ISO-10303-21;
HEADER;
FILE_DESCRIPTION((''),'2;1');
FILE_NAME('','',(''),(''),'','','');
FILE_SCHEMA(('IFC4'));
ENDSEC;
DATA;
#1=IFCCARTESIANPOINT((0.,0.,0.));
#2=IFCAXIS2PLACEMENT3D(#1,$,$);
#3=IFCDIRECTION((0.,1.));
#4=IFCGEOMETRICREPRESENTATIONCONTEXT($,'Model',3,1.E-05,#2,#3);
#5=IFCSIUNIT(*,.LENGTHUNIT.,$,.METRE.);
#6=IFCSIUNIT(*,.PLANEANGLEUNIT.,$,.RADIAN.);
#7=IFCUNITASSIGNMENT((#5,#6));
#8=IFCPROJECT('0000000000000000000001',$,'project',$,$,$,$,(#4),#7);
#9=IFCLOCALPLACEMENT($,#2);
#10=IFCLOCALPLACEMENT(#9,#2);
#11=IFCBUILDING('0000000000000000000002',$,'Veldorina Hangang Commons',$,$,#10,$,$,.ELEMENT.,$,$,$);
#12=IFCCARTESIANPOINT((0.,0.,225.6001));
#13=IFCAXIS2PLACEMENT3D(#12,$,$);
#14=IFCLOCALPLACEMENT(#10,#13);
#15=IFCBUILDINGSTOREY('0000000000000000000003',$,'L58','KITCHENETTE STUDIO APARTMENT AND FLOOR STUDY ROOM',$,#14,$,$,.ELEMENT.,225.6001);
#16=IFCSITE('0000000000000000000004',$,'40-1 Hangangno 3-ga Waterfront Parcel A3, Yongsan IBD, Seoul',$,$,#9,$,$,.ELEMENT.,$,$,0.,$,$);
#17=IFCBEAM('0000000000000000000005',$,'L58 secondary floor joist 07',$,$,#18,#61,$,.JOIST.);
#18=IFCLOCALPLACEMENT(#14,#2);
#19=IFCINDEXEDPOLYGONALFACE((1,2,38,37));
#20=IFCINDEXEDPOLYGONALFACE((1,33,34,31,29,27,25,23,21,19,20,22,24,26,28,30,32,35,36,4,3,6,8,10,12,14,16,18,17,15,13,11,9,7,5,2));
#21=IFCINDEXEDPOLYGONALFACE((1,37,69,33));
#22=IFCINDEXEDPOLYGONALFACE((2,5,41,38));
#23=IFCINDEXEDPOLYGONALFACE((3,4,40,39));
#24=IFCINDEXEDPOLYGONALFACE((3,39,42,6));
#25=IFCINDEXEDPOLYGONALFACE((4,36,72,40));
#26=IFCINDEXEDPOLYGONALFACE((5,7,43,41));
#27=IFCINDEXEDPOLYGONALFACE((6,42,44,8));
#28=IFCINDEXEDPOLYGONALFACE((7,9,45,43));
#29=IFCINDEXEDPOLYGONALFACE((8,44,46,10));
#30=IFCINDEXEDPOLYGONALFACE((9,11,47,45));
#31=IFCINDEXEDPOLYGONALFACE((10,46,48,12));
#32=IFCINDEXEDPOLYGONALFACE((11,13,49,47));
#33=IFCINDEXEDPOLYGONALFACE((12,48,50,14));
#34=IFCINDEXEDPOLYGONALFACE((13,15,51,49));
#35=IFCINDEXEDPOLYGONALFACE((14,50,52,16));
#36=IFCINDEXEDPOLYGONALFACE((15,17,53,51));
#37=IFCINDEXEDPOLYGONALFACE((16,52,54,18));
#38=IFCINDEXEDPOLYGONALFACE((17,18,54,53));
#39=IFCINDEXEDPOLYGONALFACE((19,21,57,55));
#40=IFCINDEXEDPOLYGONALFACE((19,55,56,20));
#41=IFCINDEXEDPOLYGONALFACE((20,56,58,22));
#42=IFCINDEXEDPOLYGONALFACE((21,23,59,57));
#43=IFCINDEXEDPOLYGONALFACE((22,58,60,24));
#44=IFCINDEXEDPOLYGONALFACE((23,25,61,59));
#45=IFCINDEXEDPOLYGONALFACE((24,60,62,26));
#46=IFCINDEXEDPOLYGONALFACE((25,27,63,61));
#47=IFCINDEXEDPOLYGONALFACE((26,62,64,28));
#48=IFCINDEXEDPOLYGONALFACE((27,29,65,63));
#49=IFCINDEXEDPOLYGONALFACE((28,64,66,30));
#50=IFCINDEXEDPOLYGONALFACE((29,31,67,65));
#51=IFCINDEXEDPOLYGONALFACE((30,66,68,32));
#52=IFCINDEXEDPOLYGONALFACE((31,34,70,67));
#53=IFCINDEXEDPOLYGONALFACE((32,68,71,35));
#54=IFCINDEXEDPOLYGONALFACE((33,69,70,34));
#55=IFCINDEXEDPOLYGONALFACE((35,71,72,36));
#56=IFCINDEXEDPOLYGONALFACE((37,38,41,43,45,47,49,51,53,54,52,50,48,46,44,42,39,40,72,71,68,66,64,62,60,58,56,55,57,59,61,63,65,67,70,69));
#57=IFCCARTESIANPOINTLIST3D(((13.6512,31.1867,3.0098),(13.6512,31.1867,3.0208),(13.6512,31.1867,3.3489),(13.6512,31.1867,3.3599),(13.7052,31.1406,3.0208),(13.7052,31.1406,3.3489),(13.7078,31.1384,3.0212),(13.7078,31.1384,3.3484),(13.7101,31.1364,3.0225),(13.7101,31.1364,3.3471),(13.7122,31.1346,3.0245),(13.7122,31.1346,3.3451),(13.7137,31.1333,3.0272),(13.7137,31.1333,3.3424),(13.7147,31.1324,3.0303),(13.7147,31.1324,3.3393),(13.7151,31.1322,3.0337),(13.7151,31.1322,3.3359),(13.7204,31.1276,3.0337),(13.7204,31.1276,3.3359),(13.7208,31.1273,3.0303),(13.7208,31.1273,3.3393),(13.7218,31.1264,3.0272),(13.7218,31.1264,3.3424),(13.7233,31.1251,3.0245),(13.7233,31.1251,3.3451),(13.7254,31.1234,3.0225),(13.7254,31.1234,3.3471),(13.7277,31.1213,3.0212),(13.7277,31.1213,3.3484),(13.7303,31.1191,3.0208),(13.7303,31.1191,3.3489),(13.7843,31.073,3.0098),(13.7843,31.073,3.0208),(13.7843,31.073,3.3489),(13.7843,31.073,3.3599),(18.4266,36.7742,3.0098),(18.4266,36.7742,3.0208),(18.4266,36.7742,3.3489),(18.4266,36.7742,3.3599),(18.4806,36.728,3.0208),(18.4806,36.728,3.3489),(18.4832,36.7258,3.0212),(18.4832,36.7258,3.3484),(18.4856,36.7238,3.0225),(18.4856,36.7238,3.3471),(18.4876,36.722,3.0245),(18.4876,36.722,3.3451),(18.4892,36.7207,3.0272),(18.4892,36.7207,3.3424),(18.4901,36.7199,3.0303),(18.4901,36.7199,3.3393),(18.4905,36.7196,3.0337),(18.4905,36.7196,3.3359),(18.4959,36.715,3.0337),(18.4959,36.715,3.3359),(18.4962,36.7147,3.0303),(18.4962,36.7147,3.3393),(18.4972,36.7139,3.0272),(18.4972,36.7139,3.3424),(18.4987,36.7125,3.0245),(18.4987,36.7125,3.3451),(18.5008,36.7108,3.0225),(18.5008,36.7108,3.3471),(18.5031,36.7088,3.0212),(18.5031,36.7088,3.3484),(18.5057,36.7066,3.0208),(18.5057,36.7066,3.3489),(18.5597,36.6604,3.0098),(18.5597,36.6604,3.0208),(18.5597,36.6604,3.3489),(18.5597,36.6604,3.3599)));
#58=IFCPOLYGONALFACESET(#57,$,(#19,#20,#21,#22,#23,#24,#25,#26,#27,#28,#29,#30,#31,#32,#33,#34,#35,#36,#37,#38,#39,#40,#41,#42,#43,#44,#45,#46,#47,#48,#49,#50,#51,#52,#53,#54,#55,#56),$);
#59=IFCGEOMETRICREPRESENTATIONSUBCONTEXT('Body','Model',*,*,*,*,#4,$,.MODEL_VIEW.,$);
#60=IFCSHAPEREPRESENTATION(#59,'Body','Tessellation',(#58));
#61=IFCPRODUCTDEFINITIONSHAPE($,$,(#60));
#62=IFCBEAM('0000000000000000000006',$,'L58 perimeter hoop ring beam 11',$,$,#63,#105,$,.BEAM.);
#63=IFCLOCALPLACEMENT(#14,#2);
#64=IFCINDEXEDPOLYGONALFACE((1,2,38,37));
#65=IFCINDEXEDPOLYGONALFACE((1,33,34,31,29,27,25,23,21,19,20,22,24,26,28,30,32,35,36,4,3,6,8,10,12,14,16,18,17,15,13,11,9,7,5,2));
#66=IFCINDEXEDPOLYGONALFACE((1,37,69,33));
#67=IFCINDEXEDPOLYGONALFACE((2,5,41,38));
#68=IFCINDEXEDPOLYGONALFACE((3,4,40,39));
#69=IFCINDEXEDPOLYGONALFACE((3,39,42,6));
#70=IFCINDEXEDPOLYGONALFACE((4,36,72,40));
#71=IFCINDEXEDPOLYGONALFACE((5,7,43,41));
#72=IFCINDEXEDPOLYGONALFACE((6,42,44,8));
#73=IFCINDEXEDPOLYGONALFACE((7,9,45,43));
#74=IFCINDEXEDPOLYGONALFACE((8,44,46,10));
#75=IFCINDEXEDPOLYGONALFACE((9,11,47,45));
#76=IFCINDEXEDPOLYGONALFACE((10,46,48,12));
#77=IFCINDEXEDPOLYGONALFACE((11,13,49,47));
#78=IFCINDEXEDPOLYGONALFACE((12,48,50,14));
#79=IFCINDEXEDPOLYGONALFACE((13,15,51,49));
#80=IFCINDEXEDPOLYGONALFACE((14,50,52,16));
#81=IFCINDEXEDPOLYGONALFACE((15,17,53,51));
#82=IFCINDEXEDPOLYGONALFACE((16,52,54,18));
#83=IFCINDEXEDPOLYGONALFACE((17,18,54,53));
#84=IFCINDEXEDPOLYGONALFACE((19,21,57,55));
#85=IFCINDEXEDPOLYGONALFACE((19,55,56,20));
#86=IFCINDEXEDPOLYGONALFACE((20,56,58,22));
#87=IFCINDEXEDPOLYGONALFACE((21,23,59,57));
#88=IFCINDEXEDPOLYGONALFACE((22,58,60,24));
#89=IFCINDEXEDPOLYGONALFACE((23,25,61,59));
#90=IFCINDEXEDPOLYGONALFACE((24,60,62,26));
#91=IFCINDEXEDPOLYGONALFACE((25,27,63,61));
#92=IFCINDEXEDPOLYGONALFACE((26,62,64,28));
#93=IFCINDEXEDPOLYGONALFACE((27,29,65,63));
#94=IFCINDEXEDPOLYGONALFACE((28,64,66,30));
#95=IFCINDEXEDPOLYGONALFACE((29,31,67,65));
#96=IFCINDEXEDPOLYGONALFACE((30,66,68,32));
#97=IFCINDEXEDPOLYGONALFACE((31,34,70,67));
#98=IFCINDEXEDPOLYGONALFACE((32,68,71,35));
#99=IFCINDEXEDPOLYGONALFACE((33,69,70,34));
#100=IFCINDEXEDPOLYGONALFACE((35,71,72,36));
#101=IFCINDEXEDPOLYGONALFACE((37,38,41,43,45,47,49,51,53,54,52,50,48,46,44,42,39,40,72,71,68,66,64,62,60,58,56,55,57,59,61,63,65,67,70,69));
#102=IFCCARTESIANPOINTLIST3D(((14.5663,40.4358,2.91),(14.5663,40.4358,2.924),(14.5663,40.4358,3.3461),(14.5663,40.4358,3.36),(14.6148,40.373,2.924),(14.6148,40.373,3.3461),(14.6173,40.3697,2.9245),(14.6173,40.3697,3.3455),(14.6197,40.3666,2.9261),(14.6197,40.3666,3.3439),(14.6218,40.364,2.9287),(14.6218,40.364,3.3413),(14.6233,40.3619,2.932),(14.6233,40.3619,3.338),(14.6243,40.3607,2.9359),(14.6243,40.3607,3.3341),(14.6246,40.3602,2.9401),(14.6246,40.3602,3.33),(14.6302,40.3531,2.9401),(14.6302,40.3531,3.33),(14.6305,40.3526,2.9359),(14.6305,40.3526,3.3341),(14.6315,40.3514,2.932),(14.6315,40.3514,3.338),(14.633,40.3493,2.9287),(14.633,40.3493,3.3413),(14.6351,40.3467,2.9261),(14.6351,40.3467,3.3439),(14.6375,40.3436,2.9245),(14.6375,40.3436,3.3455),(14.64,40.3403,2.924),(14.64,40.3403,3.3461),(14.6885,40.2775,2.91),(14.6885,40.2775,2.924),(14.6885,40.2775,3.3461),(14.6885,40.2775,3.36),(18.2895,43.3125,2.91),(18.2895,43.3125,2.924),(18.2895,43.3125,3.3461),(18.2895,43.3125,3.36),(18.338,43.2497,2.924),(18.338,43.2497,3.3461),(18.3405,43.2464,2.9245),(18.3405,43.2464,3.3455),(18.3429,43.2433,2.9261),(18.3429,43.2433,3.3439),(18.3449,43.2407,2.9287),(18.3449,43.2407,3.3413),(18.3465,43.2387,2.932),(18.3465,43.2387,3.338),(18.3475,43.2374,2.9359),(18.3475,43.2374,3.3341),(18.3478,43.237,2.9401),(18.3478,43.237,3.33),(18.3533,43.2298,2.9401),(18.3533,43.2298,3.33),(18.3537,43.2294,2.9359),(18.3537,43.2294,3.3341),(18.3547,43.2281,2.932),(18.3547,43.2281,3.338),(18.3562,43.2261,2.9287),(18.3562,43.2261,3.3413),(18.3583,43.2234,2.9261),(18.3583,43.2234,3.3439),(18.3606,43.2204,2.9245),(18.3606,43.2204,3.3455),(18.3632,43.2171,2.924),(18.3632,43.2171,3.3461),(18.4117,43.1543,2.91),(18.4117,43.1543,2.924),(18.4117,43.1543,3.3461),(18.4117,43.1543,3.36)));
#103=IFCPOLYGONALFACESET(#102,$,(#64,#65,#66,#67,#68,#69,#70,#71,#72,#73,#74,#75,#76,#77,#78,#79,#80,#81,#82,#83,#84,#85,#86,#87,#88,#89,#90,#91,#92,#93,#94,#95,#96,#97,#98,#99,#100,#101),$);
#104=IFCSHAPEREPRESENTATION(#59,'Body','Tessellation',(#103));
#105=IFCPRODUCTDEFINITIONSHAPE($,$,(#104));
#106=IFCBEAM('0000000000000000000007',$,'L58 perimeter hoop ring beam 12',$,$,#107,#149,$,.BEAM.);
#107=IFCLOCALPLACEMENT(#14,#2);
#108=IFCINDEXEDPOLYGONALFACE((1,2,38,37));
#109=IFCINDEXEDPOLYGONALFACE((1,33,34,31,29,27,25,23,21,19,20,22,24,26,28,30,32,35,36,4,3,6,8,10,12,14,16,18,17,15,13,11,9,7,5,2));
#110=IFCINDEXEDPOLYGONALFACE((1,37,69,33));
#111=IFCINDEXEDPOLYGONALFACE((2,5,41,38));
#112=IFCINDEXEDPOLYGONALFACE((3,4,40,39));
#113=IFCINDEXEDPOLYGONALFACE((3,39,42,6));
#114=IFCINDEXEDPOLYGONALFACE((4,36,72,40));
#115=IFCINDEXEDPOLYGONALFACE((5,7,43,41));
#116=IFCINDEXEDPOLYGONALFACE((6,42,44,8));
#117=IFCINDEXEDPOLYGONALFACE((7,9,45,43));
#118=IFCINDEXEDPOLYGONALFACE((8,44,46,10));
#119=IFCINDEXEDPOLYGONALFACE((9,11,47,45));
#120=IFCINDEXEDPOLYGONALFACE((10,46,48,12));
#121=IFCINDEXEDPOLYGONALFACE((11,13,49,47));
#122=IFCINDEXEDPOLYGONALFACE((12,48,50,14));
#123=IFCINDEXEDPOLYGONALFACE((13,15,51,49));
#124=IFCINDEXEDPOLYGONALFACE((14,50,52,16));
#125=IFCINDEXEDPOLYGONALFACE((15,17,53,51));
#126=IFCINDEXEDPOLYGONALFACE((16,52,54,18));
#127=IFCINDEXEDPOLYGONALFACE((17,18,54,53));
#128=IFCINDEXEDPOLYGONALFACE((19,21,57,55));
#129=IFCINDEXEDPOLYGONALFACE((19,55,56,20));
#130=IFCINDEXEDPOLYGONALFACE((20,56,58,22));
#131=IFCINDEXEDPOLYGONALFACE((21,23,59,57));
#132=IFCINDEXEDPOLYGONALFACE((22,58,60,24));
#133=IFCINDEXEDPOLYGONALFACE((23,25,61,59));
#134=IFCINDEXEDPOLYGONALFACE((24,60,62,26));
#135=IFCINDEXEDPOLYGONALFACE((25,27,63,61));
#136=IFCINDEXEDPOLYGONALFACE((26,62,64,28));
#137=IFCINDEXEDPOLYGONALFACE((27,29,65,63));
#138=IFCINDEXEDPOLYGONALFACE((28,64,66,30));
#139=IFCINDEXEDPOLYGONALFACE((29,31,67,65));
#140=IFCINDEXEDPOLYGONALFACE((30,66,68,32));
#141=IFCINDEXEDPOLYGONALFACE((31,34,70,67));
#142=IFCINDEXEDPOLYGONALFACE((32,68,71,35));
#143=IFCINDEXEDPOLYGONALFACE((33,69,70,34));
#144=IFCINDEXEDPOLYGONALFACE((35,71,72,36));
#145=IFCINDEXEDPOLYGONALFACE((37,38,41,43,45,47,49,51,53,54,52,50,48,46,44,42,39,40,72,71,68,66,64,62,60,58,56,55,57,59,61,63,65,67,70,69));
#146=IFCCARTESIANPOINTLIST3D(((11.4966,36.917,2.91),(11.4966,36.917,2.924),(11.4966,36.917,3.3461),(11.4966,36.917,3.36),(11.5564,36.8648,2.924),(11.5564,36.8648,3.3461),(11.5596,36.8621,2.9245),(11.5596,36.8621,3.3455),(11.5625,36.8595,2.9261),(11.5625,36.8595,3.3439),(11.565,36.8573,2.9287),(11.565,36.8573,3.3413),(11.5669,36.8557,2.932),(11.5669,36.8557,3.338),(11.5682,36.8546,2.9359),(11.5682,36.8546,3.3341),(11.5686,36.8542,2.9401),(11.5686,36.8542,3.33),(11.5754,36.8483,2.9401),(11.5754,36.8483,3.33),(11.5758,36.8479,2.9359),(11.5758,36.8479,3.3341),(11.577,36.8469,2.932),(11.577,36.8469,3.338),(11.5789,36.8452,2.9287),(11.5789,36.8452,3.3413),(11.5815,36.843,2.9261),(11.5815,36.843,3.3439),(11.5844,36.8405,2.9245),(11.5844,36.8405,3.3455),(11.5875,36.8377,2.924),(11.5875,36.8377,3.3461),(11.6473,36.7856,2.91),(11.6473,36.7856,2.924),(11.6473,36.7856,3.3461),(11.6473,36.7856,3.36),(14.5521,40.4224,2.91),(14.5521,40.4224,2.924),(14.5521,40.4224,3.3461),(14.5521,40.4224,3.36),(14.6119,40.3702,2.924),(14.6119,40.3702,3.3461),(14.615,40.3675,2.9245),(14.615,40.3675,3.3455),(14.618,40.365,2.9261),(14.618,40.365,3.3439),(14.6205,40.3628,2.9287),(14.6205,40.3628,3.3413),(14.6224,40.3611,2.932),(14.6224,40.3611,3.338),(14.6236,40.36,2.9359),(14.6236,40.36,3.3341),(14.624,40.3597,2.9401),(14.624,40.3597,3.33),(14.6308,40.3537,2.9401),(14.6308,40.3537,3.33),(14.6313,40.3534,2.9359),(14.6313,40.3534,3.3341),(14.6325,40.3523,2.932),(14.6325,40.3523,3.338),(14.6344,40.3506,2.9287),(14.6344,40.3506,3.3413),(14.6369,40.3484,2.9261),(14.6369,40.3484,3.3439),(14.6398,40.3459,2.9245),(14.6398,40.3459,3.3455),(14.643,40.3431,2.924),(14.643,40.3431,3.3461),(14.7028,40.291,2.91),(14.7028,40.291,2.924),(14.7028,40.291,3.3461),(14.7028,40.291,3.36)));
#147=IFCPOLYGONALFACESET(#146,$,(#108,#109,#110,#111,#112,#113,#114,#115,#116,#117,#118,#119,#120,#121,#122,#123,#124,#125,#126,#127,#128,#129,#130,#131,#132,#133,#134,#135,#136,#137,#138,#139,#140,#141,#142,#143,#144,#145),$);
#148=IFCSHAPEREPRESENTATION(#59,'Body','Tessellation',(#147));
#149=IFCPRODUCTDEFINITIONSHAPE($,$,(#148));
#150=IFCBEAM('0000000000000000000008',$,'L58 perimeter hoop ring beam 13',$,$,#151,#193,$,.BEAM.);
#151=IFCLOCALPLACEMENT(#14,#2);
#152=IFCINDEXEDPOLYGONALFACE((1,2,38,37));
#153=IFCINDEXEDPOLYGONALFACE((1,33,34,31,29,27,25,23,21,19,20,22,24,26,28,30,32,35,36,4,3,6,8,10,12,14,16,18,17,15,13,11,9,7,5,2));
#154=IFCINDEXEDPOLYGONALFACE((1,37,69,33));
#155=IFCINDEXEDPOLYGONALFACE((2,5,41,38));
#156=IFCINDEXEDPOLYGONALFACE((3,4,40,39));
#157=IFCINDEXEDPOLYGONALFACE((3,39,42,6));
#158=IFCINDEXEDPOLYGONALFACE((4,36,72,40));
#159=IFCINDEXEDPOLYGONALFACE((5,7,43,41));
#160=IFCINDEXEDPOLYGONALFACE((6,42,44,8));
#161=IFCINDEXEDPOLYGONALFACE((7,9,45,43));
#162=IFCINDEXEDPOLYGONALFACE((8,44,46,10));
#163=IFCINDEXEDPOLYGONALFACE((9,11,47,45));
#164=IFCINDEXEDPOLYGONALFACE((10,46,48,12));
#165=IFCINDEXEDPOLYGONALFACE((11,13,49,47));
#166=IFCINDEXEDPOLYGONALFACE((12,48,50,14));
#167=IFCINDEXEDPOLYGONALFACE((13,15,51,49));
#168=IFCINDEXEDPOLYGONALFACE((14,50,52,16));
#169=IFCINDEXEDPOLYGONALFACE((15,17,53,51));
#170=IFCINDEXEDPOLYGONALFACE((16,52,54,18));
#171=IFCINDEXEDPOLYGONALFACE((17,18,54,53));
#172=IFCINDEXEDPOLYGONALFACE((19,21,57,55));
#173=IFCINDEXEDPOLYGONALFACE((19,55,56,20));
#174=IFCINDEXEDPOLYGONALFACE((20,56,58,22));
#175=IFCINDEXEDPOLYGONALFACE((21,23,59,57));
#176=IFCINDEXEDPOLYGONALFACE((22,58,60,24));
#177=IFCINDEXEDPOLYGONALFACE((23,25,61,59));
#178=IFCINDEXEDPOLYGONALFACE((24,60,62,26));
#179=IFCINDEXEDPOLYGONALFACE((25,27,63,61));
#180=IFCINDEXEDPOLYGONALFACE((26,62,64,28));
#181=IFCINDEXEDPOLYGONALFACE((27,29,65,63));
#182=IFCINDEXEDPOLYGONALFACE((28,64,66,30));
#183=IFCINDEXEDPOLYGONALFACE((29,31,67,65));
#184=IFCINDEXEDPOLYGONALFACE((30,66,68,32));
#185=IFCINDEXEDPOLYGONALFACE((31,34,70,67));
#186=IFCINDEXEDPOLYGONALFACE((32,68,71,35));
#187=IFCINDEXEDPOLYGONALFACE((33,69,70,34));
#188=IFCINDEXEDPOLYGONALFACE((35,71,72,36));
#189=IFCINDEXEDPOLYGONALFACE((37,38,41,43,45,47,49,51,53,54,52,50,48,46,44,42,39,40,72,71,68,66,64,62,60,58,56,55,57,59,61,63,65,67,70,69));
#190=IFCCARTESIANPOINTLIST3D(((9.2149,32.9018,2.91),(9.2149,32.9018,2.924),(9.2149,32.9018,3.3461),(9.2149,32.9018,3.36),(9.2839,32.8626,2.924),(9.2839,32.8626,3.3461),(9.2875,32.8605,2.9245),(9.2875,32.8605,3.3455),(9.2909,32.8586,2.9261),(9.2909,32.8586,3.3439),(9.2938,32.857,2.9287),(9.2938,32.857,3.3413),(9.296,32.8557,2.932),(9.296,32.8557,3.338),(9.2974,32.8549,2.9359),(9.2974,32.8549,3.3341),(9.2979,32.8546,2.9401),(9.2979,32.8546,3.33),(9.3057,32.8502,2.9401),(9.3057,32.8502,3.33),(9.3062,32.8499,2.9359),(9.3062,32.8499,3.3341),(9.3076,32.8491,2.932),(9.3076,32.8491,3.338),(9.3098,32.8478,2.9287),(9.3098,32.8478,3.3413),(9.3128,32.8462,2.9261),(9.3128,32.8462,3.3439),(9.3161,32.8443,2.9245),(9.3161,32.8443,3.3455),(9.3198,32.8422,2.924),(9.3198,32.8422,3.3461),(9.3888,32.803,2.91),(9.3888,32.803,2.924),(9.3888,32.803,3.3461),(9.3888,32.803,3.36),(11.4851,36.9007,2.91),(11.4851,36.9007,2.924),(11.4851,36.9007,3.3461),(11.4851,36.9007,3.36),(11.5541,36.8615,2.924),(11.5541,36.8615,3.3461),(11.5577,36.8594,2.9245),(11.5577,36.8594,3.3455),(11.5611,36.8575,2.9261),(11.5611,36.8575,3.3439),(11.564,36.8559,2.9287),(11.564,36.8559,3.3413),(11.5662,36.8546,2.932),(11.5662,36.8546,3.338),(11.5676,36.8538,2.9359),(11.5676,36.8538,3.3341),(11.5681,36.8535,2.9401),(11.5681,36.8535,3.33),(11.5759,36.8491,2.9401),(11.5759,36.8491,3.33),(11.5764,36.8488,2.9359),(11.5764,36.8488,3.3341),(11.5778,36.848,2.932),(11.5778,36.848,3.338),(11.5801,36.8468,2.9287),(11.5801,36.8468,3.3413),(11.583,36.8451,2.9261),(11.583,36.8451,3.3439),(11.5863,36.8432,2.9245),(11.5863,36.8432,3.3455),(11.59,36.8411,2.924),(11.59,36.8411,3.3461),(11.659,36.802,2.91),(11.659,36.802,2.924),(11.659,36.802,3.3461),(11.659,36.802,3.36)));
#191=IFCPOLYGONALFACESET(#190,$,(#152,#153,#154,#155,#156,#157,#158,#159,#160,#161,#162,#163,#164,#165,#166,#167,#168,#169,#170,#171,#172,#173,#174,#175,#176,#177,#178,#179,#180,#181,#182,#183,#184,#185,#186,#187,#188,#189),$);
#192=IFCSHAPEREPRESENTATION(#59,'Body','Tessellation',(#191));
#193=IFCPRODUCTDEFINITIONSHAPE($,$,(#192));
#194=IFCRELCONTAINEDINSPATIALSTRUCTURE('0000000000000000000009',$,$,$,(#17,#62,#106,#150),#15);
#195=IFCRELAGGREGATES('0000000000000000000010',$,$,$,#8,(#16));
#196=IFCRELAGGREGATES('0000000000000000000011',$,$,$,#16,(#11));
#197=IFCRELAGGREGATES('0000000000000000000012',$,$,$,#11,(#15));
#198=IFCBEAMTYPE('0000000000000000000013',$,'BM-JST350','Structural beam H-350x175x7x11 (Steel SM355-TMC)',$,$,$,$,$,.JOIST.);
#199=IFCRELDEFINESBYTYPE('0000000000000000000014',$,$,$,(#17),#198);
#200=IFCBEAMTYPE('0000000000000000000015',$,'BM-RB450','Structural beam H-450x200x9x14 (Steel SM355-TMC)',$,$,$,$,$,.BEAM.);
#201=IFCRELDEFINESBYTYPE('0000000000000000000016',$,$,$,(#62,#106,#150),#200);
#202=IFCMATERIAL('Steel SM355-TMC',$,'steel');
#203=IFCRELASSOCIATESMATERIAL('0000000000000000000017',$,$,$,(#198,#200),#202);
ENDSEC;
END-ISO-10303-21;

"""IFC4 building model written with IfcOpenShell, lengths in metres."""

from ifc_helpers import new_model, si_unit, direction, frame, origin, origin_2d, place, context, subcontext, project, spatial, i_section, extrude, material, material_profile, profile_set, type_object, element, save


model = new_model("IFC4")

# Units and contexts
model_context = context("Model", 3, precision=1e-05, world=origin(), true_north=direction((0.0, 1.0)))
body_context = subcontext(model_context, "Body", "Model", "MODEL_VIEW")
ifc_project = project(units=[si_unit("LENGTHUNIT", "METRE"), si_unit("PLANEANGLEUNIT", "RADIAN")], contexts=[model_context])

# Site, building, storey
site_placement = place(None, origin())
site = spatial("IfcSite", under=ifc_project, at=site_placement, Name="40-1 Hangangno 3-ga Waterfront Parcel A3, Yongsan IBD, Seoul", CompositionType="ELEMENT", RefElevation=0.0)
building_placement = place(site_placement, origin())
building = spatial("IfcBuilding", under=site, at=building_placement, Name="Veldorina Hangang Commons", CompositionType="ELEMENT")
storey_placement = place(building_placement, frame((0.0, 0.0, 225.6001)))
storey = spatial("IfcBuildingStorey", under=building, at=storey_placement, Name="L58", Description="KITCHENETTE STUDIO APARTMENT AND FLOOR STUDY ROOM", CompositionType="ELEMENT", Elevation=225.6001)

# Beams
ifc_material_1 = material(Name="Steel SM355-TMC", Category="steel")
ifc_material_profile_1 = material_profile(ifc_material_1, i_section(OverallWidth=0.175, OverallDepth=0.3501, WebThickness=0.0071, FlangeThickness=0.011, FilletRadius=0.0129, at=origin_2d()), Name="H-350x175x7x11")
ifc_profile_set_1 = profile_set([ifc_material_profile_1], Name="Steel SM355-TMC")
beam_type_1 = type_object("IfcBeamType", Name="BM-JST350", Description="Structural beam H-350x175x7x11 (Steel SM355-TMC)", PredefinedType="JOIST", material=ifc_profile_set_1)
beam_1_placement = place(storey_placement, frame((18.4932, 36.7173, 3.1848), z_axis=(-0.649707, -0.760184, 0.0), x_axis=(0.760184, -0.649707, 0.0)))
element("IfcBeam", 1, at=beam_1_placement, inside=storey, type_object=beam_type_1, Name="L58 secondary floor joist 07", PredefinedType="JOIST", context=body_context, shape_type="SweptSolid", body=[
    extrude(i_section(OverallWidth=0.175, OverallDepth=0.3501, WebThickness=0.0071, FlangeThickness=0.011, FilletRadius=0.0129, at=origin_2d()), origin(), (0.0, 0.0, 1.0), 7.3501),
])
ifc_material_profile_2 = material_profile(ifc_material_1, i_section(OverallWidth=0.2, OverallDepth=0.45, WebThickness=0.009, FlangeThickness=0.0139, FilletRadius=0.0161, at=origin_2d()), Name="H-450x200x9x14")
ifc_profile_set_2 = profile_set([ifc_material_profile_2], Name="Steel SM355-TMC")
beam_type_2 = type_object("IfcBeamType", Name="BM-RB450", Description="Structural beam H-450x200x9x14 (Steel SM355-TMC)", PredefinedType="BEAM", material=ifc_profile_set_2)
beam_2_placement = place(storey_placement, frame((18.3506, 43.2334, 3.135), z_axis=(-0.791312, -0.611412, 0.0), x_axis=(0.611412, -0.791312, 0.0)))
element("IfcBeam", 2, at=beam_2_placement, inside=storey, type_object=beam_type_2, Name="L58 perimeter hoop ring beam 11", PredefinedType="BEAM", context=body_context, shape_type="SweptSolid", body=[
    extrude(i_section(OverallWidth=0.2, OverallDepth=0.45, WebThickness=0.009, FlangeThickness=0.0139, FilletRadius=0.0161, at=origin_2d()), origin(), (0.0, 0.0, 1.0), 4.7051),
])
beam_3_placement = place(storey_placement, frame((14.6274, 40.3567, 3.135), z_axis=(-0.657069, -0.753831, 0.0), x_axis=(0.753831, -0.657069, 0.0)))
element("IfcBeam", 3, at=beam_3_placement, inside=storey, type_object=beam_type_2, Name="L58 perimeter hoop ring beam 12", PredefinedType="BEAM", context=body_context, shape_type="SweptSolid", body=[
    extrude(i_section(OverallWidth=0.2, OverallDepth=0.45, WebThickness=0.009, FlangeThickness=0.0139, FilletRadius=0.0161, at=origin_2d()), origin(), (0.0, 0.0, 1.0), 4.6501),
])
beam_4_placement = place(storey_placement, frame((11.572, 36.8513, 3.135), z_axis=(-0.493696, -0.869635, 0.0), x_axis=(0.869635, -0.493696, 0.0)))
element("IfcBeam", 4, at=beam_4_placement, inside=storey, type_object=beam_type_2, Name="L58 perimeter hoop ring beam 13", PredefinedType="BEAM", context=body_context, shape_type="SweptSolid", body=[
    extrude(i_section(OverallWidth=0.2, OverallDepth=0.45, WebThickness=0.009, FlangeThickness=0.0139, FilletRadius=0.0161, at=origin_2d()), origin(), (0.0, 0.0, 1.0), 4.5984),
])

save(model, "model.ifc")
